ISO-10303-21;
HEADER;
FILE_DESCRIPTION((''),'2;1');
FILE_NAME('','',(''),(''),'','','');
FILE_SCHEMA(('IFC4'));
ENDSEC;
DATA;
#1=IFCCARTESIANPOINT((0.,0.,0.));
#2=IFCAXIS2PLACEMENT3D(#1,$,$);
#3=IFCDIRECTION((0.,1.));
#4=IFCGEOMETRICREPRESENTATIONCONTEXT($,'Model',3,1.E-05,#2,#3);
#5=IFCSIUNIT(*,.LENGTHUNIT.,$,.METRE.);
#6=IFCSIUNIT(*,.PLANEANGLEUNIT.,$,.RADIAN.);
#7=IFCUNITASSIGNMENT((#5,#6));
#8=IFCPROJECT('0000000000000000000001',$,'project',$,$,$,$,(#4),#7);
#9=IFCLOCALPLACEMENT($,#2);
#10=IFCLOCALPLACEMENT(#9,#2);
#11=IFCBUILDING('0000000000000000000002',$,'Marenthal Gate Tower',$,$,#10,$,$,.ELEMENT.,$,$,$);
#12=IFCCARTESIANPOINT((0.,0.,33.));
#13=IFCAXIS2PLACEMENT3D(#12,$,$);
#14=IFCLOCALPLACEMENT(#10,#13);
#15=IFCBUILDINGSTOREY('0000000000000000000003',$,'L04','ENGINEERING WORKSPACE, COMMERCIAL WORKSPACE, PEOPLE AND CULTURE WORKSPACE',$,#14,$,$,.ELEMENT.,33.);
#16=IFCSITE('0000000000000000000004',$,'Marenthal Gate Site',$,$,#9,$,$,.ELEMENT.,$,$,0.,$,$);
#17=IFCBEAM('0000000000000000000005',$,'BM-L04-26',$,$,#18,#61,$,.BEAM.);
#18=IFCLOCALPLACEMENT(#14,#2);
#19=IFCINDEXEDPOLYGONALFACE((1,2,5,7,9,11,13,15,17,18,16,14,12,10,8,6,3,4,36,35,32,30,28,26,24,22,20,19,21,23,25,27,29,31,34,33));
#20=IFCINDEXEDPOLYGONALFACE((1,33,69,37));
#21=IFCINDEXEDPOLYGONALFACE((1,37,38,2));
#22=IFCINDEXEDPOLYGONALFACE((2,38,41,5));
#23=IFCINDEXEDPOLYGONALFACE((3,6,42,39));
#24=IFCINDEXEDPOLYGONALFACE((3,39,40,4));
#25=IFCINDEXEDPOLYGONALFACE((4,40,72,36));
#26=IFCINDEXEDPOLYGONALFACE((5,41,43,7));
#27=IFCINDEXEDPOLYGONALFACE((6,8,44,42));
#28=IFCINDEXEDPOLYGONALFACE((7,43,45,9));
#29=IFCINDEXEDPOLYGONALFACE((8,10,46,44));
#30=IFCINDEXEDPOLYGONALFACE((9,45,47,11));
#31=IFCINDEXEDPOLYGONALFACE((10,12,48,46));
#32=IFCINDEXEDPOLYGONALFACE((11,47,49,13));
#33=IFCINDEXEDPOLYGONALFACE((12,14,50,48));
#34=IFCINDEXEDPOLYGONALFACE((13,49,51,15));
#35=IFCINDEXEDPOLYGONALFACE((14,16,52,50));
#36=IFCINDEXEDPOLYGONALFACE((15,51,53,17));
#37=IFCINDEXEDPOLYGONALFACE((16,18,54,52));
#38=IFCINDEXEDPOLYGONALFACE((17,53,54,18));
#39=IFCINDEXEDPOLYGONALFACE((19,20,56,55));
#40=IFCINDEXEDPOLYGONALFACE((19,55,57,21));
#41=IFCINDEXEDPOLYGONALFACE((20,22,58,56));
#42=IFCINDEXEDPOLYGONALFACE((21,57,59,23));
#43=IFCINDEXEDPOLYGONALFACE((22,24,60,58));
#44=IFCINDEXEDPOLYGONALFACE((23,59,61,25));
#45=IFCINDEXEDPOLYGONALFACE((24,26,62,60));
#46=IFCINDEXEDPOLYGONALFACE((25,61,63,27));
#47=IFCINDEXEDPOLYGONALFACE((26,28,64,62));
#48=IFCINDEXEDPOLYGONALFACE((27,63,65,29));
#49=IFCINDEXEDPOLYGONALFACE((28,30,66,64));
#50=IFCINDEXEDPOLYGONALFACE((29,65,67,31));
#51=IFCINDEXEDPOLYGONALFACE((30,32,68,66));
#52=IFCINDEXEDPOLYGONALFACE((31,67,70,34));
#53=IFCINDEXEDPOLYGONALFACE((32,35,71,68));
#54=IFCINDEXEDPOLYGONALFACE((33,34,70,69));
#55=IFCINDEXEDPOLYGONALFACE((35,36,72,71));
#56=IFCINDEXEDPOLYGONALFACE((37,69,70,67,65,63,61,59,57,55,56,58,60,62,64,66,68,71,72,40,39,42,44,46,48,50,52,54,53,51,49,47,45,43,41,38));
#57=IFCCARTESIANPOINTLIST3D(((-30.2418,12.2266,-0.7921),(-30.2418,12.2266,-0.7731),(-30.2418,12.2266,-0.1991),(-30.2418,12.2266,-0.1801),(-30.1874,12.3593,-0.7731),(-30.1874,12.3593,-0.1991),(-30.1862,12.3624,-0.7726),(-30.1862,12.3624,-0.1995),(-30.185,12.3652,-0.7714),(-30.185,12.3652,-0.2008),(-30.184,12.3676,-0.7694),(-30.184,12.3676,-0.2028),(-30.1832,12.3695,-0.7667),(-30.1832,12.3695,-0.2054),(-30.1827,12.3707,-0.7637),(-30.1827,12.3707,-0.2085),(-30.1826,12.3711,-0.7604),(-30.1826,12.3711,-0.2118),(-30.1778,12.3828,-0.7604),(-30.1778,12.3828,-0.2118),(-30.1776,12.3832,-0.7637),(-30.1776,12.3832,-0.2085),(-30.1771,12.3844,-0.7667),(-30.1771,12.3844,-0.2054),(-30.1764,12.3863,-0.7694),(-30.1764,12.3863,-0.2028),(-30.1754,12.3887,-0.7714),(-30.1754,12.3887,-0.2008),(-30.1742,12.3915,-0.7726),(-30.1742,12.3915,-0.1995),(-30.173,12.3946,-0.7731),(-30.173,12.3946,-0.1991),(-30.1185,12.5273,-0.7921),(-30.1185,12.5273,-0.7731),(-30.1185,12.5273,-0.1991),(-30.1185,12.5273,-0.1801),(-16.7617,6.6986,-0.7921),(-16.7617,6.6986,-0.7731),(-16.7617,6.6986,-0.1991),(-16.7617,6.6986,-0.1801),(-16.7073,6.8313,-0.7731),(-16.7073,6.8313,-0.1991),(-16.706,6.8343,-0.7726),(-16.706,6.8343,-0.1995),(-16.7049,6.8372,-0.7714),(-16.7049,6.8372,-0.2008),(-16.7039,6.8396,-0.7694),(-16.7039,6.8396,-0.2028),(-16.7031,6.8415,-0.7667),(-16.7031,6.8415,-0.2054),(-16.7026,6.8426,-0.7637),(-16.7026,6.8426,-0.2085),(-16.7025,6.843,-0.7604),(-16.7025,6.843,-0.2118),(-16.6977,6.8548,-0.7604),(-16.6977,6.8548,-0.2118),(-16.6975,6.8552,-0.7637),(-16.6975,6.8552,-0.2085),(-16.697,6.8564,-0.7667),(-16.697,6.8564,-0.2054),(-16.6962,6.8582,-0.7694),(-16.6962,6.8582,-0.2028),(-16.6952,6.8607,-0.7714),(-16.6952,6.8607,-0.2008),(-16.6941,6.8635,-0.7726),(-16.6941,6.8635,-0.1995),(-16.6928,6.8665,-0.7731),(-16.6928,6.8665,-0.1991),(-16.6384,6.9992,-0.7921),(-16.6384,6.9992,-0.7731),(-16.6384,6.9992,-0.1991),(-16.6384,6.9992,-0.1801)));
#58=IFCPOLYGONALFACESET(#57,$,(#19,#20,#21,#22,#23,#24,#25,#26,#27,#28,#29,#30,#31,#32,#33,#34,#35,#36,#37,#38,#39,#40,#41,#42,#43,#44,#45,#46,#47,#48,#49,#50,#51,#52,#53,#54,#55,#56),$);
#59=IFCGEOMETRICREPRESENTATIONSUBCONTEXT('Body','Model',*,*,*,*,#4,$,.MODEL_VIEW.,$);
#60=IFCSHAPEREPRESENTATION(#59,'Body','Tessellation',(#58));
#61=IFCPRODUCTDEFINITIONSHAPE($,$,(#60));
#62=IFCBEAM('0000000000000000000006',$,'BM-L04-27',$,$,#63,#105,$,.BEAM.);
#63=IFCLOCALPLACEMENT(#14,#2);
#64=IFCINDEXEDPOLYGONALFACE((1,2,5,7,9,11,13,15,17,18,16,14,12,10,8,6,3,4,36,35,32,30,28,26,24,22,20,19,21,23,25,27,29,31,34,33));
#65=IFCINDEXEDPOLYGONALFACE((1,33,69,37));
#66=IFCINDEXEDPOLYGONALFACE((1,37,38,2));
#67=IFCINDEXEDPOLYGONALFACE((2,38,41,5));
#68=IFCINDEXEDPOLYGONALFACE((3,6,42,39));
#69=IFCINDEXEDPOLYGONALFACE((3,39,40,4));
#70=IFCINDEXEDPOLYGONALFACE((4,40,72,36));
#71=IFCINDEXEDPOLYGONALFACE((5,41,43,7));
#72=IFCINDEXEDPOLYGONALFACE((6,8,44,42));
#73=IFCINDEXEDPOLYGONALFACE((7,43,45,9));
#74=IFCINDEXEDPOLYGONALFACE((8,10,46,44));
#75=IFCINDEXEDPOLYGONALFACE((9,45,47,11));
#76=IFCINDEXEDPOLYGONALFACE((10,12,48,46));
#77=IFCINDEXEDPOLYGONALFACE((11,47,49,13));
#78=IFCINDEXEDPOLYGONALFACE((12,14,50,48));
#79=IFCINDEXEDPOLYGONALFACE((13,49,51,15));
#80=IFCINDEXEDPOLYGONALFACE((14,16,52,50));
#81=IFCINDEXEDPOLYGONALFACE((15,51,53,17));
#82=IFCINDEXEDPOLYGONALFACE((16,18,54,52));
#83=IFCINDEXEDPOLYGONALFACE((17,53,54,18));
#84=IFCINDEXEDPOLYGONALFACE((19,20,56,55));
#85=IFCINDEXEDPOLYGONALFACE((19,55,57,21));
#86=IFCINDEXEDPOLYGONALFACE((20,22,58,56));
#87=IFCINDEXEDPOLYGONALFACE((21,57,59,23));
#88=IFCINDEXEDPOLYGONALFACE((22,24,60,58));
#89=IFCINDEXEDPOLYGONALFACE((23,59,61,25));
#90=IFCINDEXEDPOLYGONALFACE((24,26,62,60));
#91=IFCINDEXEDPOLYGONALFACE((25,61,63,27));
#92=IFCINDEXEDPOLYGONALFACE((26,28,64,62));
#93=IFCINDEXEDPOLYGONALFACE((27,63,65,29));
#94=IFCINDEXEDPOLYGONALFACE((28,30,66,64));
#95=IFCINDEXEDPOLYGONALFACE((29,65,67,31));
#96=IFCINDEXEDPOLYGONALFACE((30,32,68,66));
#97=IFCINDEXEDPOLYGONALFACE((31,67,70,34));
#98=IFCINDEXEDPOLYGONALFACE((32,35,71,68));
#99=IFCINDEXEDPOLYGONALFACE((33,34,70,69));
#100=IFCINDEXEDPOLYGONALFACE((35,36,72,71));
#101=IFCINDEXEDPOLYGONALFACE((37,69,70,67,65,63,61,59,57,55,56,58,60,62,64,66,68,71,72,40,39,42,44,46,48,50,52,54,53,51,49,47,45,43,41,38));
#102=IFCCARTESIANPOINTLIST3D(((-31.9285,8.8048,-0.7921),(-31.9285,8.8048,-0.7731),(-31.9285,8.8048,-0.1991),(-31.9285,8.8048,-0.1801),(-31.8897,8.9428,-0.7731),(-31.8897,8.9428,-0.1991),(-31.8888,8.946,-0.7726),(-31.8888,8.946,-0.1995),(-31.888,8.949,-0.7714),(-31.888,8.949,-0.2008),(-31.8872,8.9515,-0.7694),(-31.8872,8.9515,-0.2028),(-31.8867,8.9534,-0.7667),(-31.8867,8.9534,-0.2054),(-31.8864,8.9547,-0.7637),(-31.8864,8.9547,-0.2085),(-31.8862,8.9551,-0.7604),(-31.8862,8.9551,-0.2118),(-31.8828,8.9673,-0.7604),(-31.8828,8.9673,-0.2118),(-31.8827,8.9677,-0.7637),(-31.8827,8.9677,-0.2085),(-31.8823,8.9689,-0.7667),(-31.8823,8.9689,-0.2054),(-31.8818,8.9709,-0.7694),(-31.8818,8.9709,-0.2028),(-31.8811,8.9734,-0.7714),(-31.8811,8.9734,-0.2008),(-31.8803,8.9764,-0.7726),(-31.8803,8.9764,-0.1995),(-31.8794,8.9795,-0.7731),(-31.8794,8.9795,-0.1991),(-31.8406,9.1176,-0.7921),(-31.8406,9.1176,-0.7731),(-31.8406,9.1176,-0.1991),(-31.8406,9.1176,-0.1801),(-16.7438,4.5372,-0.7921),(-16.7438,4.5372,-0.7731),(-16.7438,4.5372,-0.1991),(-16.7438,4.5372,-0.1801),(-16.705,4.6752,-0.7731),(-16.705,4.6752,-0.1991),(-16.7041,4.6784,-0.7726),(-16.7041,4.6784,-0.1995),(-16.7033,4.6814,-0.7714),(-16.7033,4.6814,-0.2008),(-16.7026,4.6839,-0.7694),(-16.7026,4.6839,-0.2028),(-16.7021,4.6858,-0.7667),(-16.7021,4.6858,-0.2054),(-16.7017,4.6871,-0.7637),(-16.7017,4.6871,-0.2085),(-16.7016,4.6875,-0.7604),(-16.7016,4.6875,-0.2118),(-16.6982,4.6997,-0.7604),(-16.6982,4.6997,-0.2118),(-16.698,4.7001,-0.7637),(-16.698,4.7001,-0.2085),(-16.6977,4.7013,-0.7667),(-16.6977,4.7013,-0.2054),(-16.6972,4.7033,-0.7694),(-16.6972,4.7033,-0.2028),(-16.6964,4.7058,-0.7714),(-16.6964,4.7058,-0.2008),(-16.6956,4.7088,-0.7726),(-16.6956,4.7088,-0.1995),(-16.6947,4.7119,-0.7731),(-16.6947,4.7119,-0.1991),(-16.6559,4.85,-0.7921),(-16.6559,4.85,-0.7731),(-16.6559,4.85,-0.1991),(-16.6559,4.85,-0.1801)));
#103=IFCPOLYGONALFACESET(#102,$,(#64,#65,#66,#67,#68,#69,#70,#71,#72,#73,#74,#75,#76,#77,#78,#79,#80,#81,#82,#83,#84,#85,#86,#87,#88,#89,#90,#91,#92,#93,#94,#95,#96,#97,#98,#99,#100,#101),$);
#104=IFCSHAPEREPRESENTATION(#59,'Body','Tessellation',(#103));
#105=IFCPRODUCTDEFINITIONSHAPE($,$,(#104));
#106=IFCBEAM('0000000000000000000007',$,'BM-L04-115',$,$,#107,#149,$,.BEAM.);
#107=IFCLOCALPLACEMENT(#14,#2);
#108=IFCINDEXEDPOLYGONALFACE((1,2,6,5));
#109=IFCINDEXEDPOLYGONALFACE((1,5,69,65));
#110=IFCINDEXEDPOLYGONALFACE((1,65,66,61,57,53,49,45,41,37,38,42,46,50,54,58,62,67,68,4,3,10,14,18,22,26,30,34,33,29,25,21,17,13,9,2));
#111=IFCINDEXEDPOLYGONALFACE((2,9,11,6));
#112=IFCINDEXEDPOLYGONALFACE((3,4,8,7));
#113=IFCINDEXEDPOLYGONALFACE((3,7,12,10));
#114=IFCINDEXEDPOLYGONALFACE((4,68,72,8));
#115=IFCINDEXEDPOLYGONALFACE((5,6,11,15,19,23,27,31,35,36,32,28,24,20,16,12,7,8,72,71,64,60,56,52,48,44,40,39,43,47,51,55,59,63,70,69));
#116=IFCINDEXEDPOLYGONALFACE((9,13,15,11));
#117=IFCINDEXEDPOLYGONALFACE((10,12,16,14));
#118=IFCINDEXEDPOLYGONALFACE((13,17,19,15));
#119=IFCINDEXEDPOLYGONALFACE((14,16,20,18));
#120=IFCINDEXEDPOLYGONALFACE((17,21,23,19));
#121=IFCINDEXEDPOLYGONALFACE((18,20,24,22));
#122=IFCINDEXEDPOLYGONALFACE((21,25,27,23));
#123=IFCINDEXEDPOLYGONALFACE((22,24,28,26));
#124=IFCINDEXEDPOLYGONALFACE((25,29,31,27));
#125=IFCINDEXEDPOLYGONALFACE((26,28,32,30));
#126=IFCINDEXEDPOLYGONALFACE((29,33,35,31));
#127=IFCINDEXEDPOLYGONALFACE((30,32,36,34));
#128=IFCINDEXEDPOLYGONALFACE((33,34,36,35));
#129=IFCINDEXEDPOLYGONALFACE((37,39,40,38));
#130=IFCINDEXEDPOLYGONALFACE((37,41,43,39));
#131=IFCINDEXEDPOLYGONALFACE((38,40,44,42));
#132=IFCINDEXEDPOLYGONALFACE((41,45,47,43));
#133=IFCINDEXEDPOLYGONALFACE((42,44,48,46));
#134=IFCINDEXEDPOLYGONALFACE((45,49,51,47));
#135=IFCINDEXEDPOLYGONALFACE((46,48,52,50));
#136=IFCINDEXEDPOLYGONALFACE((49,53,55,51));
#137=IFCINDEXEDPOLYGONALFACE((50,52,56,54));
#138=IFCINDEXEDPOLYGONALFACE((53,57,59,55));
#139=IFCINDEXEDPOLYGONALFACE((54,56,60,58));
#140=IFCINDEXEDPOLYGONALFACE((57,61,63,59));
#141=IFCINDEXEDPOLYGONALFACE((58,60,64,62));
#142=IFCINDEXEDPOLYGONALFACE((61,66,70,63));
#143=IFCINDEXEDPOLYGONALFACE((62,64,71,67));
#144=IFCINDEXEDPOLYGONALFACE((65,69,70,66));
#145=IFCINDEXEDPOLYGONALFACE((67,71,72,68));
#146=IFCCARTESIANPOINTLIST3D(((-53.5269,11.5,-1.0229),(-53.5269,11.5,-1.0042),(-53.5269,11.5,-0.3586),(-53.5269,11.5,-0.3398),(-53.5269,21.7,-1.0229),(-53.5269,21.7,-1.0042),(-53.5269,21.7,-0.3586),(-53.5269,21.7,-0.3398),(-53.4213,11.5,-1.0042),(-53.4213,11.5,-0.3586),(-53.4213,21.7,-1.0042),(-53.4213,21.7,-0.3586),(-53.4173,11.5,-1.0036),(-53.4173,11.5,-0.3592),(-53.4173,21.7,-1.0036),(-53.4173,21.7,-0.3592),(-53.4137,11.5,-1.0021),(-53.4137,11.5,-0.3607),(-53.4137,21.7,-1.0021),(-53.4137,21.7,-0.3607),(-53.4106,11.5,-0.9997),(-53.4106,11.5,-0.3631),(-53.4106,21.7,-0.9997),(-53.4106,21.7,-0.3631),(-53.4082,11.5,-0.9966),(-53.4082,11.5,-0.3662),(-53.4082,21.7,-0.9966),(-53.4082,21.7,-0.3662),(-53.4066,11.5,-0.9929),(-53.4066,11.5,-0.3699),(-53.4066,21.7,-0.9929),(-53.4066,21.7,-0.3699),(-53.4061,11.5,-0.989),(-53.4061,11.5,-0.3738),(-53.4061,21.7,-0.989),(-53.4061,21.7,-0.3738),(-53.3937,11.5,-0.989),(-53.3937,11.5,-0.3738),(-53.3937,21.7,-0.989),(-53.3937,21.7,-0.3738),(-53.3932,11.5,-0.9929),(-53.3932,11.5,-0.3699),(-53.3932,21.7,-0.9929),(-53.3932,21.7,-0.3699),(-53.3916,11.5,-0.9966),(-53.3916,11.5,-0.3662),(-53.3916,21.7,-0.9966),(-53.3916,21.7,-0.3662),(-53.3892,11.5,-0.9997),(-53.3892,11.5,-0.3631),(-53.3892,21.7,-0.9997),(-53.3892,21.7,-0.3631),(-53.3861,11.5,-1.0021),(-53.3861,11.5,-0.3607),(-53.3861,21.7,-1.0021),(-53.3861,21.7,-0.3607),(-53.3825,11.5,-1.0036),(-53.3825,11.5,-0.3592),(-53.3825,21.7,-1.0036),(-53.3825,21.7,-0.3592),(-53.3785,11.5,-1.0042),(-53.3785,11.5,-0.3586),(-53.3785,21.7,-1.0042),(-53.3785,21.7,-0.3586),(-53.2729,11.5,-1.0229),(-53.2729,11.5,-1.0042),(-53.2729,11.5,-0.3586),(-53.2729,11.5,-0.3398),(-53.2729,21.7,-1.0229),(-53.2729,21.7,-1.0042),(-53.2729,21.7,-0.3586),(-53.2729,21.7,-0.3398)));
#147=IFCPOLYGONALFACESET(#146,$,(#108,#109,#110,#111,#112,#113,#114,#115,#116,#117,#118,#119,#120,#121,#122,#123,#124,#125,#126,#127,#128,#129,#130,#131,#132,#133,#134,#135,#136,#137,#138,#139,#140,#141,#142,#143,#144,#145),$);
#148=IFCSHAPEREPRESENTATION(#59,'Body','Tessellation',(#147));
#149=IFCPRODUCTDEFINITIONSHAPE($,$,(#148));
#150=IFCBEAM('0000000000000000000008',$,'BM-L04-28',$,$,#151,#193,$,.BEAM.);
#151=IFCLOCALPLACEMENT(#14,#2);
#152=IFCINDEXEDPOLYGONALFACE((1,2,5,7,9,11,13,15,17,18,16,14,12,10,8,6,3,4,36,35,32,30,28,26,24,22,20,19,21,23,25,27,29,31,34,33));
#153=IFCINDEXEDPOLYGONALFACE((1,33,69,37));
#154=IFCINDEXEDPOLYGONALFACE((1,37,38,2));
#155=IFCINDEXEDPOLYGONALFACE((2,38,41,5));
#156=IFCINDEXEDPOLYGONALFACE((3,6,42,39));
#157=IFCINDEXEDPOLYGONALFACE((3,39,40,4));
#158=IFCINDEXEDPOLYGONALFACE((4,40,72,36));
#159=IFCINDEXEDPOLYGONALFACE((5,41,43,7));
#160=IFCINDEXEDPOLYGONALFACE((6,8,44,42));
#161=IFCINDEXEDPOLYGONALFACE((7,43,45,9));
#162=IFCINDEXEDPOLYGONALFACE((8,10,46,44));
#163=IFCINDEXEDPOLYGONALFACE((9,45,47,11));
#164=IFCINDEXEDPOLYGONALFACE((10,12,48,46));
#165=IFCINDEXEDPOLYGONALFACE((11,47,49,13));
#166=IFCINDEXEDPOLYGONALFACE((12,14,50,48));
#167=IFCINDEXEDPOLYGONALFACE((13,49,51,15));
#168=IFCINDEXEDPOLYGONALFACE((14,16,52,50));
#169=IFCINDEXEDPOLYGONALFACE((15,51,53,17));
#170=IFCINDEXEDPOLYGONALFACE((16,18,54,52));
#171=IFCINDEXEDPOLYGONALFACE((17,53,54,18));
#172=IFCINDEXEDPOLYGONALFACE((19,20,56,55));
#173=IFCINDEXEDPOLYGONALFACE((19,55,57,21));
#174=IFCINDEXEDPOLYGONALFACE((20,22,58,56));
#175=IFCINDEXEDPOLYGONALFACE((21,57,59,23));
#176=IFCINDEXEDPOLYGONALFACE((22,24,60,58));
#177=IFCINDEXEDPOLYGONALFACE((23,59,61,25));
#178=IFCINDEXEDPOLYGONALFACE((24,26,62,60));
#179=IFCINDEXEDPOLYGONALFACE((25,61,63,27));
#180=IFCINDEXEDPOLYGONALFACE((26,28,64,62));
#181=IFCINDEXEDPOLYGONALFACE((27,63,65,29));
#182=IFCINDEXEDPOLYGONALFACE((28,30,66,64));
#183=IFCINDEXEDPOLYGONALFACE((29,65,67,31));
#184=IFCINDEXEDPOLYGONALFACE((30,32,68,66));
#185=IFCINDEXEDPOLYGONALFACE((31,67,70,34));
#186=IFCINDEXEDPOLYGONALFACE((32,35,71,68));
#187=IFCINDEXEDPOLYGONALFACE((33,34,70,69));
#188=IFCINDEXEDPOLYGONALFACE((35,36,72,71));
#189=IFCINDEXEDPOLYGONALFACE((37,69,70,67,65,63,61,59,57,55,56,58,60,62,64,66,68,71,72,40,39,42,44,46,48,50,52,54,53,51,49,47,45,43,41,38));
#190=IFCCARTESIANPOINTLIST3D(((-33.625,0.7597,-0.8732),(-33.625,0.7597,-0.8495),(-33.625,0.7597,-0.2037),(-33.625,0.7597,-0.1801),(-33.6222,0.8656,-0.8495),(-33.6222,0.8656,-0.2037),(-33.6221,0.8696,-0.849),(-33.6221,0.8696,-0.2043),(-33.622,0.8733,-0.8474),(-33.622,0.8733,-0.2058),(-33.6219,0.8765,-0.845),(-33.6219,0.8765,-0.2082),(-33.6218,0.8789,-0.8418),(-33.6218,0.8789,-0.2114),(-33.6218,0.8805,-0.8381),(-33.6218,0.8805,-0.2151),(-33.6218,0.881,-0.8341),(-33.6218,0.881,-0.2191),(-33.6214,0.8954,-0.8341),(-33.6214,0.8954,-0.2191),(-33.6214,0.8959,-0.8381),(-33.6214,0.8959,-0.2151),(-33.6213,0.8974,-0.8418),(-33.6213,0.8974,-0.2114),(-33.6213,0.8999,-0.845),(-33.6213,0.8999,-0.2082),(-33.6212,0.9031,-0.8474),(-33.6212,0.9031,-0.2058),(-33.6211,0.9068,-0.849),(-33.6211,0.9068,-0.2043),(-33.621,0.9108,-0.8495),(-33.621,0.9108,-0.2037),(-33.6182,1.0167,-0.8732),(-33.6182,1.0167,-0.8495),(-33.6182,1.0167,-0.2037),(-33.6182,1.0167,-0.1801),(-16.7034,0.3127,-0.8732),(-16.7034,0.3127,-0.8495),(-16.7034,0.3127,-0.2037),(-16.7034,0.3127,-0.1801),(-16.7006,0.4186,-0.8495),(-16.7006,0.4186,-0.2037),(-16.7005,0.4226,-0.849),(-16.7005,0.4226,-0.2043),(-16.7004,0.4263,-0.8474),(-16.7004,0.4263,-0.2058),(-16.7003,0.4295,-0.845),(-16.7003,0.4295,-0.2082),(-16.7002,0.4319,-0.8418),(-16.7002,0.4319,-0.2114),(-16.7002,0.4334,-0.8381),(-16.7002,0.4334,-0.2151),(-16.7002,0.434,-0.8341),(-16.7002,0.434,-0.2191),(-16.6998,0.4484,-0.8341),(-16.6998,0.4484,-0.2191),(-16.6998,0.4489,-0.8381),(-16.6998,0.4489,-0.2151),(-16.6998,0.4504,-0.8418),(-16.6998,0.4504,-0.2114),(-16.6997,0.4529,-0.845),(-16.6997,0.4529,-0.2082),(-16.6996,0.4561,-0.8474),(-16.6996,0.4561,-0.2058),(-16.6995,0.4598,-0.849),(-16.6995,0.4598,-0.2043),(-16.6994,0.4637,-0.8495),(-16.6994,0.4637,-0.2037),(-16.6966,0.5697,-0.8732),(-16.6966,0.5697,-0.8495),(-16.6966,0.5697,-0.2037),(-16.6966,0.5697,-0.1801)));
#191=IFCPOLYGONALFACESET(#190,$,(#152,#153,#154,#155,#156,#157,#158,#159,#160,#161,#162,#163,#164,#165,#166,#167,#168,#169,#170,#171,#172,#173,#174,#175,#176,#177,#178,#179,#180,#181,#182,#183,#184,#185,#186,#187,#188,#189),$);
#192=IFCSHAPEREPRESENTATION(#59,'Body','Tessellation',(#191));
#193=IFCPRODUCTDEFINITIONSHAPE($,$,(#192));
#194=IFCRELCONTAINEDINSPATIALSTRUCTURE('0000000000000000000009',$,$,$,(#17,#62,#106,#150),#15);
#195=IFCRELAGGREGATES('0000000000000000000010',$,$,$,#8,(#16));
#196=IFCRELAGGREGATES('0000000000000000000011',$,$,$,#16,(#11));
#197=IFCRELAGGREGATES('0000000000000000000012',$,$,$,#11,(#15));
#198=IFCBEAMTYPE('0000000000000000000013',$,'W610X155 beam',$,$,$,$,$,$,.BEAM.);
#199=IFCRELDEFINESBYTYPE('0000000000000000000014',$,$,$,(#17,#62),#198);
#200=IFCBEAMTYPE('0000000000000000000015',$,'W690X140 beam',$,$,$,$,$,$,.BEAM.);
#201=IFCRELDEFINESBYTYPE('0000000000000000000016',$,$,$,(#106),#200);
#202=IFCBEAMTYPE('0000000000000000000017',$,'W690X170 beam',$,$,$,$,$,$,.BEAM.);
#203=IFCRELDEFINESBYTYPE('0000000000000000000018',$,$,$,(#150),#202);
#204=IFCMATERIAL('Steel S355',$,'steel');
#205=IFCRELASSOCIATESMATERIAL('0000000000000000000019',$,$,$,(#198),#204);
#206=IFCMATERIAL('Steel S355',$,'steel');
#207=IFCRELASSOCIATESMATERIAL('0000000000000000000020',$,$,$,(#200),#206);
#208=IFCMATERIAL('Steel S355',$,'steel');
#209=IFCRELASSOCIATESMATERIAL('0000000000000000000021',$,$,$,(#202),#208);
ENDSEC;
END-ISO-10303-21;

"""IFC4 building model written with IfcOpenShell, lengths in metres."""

from ifc_helpers import new_model, si_unit, direction, frame, origin, origin_2d, place, context, subcontext, project, spatial, i_section, extrude, material, material_profile, profile_set, type_object, element, save


model = new_model("IFC4")

# Units and contexts
model_context = context("Model", 3, precision=1e-05, world=origin(), true_north=direction((0.0, 1.0)))
body_context = subcontext(model_context, "Body", "Model", "MODEL_VIEW")
ifc_project = project(units=[si_unit("LENGTHUNIT", "METRE"), si_unit("PLANEANGLEUNIT", "RADIAN")], contexts=[model_context])

# Site, building, storey
site_placement = place(None, origin())
site = spatial("IfcSite", under=ifc_project, at=site_placement, Name="Marenthal Gate Site", CompositionType="ELEMENT", RefElevation=0.0)
building_placement = place(site_placement, origin())
building = spatial("IfcBuilding", under=site, at=building_placement, Name="Marenthal Gate Tower", CompositionType="ELEMENT")
storey_placement = place(building_placement, frame((0.0, 0.0, 33.0)))
storey = spatial("IfcBuildingStorey", under=building, at=storey_placement, Name="L04", Description="ENGINEERING WORKSPACE, COMMERCIAL WORKSPACE, PEOPLE AND CULTURE WORKSPACE", CompositionType="ELEMENT", Elevation=33.0)

# Beams
ifc_material_1 = material(Name="Steel S355", Category="steel")
ifc_material_profile_1 = material_profile(ifc_material_1, i_section(OverallWidth=0.325, OverallDepth=0.6121, WebThickness=0.0127, FlangeThickness=0.019, FilletRadius=0.0127, at=origin_2d()), Name="W610X155")
ifc_profile_set_1 = profile_set([ifc_material_profile_1], Name="Steel S355")
beam_type_1 = type_object("IfcBeamType", Name="W610X155 beam", PredefinedType="BEAM", material=ifc_profile_set_1)
beam_1_placement = place(storey_placement, frame((-30.1802, 12.377, -0.4861), z_axis=(0.925223, -0.379423, 0.0), x_axis=(0.379423, 0.925223, 0.0)))
element("IfcBeam", 1, at=beam_1_placement, inside=storey, type_object=beam_type_1, Name="BM-L04-26", PredefinedType="BEAM", context=body_context, shape_type="SweptSolid", body=[
    extrude(i_section(OverallWidth=0.325, OverallDepth=0.6121, WebThickness=0.0127, FlangeThickness=0.019, FilletRadius=0.0127, at=origin_2d()), origin(), (0.0, 0.0, 1.0), 14.5696),
])
beam_2_placement = place(storey_placement, frame((-31.8845, 8.9612, -0.4861), z_axis=(0.962702, -0.270564, 0.0), x_axis=(0.270564, 0.962702, 0.0)))
element("IfcBeam", 2, at=beam_2_placement, inside=storey, type_object=beam_type_1, Name="BM-L04-27", PredefinedType="BEAM", context=body_context, shape_type="SweptSolid", body=[
    extrude(i_section(OverallWidth=0.325, OverallDepth=0.6121, WebThickness=0.0127, FlangeThickness=0.019, FilletRadius=0.0127, at=origin_2d()), origin(), (0.0, 0.0, 1.0), 15.7729),
])
ifc_material_2 = material(Name="Steel S355", Category="steel")
ifc_material_profile_2 = material_profile(ifc_material_2, i_section(OverallWidth=0.2539, OverallDepth=0.6831, WebThickness=0.0125, FlangeThickness=0.0188, FilletRadius=0.0151, at=origin_2d()), Name="W690X140")
ifc_profile_set_2 = profile_set([ifc_material_profile_2], Name="Steel S355")
beam_type_2 = type_object("IfcBeamType", Name="W690X140 beam", PredefinedType="BEAM", material=ifc_profile_set_2)
beam_3_placement = place(storey_placement, frame((-53.3999, 11.5, -0.6814), z_axis=(0.0, 1.0, 0.0), x_axis=(-1.0, 0.0, 0.0)))
element("IfcBeam", 3, at=beam_3_placement, inside=storey, type_object=beam_type_2, Name="BM-L04-115", PredefinedType="BEAM", context=body_context, shape_type="SweptSolid", body=[
    extrude(i_section(OverallWidth=0.2539, OverallDepth=0.6831, WebThickness=0.0125, FlangeThickness=0.0188, FilletRadius=0.0151, at=origin_2d()), origin(), (0.0, 0.0, 1.0), 10.2),
])
ifc_material_3 = material(Name="Steel S355", Category="steel")
ifc_material_profile_3 = material_profile(ifc_material_3, i_section(OverallWidth=0.2571, OverallDepth=0.6931, WebThickness=0.0144, FlangeThickness=0.0237, FilletRadius=0.0154, at=origin_2d()), Name="W690X170")
ifc_profile_set_3 = profile_set([ifc_material_profile_3], Name="Steel S355")
beam_type_3 = type_object("IfcBeamType", Name="W690X170 beam", PredefinedType="BEAM", material=ifc_profile_set_3)
beam_4_placement = place(storey_placement, frame((-33.6216, 0.8882, -0.5266), z_axis=(0.999651, -0.026408, 0.0), x_axis=(0.026408, 0.999651, 0.0)))
element("IfcBeam", 4, at=beam_4_placement, inside=storey, type_object=beam_type_3, Name="BM-L04-28", PredefinedType="BEAM", context=body_context, shape_type="SweptSolid", body=[
    extrude(i_section(OverallWidth=0.2571, OverallDepth=0.6931, WebThickness=0.0144, FlangeThickness=0.0237, FilletRadius=0.0154, at=origin_2d()), origin(), (0.0, 0.0, 1.0), 16.9275),
])

save(model, "model.ifc")
